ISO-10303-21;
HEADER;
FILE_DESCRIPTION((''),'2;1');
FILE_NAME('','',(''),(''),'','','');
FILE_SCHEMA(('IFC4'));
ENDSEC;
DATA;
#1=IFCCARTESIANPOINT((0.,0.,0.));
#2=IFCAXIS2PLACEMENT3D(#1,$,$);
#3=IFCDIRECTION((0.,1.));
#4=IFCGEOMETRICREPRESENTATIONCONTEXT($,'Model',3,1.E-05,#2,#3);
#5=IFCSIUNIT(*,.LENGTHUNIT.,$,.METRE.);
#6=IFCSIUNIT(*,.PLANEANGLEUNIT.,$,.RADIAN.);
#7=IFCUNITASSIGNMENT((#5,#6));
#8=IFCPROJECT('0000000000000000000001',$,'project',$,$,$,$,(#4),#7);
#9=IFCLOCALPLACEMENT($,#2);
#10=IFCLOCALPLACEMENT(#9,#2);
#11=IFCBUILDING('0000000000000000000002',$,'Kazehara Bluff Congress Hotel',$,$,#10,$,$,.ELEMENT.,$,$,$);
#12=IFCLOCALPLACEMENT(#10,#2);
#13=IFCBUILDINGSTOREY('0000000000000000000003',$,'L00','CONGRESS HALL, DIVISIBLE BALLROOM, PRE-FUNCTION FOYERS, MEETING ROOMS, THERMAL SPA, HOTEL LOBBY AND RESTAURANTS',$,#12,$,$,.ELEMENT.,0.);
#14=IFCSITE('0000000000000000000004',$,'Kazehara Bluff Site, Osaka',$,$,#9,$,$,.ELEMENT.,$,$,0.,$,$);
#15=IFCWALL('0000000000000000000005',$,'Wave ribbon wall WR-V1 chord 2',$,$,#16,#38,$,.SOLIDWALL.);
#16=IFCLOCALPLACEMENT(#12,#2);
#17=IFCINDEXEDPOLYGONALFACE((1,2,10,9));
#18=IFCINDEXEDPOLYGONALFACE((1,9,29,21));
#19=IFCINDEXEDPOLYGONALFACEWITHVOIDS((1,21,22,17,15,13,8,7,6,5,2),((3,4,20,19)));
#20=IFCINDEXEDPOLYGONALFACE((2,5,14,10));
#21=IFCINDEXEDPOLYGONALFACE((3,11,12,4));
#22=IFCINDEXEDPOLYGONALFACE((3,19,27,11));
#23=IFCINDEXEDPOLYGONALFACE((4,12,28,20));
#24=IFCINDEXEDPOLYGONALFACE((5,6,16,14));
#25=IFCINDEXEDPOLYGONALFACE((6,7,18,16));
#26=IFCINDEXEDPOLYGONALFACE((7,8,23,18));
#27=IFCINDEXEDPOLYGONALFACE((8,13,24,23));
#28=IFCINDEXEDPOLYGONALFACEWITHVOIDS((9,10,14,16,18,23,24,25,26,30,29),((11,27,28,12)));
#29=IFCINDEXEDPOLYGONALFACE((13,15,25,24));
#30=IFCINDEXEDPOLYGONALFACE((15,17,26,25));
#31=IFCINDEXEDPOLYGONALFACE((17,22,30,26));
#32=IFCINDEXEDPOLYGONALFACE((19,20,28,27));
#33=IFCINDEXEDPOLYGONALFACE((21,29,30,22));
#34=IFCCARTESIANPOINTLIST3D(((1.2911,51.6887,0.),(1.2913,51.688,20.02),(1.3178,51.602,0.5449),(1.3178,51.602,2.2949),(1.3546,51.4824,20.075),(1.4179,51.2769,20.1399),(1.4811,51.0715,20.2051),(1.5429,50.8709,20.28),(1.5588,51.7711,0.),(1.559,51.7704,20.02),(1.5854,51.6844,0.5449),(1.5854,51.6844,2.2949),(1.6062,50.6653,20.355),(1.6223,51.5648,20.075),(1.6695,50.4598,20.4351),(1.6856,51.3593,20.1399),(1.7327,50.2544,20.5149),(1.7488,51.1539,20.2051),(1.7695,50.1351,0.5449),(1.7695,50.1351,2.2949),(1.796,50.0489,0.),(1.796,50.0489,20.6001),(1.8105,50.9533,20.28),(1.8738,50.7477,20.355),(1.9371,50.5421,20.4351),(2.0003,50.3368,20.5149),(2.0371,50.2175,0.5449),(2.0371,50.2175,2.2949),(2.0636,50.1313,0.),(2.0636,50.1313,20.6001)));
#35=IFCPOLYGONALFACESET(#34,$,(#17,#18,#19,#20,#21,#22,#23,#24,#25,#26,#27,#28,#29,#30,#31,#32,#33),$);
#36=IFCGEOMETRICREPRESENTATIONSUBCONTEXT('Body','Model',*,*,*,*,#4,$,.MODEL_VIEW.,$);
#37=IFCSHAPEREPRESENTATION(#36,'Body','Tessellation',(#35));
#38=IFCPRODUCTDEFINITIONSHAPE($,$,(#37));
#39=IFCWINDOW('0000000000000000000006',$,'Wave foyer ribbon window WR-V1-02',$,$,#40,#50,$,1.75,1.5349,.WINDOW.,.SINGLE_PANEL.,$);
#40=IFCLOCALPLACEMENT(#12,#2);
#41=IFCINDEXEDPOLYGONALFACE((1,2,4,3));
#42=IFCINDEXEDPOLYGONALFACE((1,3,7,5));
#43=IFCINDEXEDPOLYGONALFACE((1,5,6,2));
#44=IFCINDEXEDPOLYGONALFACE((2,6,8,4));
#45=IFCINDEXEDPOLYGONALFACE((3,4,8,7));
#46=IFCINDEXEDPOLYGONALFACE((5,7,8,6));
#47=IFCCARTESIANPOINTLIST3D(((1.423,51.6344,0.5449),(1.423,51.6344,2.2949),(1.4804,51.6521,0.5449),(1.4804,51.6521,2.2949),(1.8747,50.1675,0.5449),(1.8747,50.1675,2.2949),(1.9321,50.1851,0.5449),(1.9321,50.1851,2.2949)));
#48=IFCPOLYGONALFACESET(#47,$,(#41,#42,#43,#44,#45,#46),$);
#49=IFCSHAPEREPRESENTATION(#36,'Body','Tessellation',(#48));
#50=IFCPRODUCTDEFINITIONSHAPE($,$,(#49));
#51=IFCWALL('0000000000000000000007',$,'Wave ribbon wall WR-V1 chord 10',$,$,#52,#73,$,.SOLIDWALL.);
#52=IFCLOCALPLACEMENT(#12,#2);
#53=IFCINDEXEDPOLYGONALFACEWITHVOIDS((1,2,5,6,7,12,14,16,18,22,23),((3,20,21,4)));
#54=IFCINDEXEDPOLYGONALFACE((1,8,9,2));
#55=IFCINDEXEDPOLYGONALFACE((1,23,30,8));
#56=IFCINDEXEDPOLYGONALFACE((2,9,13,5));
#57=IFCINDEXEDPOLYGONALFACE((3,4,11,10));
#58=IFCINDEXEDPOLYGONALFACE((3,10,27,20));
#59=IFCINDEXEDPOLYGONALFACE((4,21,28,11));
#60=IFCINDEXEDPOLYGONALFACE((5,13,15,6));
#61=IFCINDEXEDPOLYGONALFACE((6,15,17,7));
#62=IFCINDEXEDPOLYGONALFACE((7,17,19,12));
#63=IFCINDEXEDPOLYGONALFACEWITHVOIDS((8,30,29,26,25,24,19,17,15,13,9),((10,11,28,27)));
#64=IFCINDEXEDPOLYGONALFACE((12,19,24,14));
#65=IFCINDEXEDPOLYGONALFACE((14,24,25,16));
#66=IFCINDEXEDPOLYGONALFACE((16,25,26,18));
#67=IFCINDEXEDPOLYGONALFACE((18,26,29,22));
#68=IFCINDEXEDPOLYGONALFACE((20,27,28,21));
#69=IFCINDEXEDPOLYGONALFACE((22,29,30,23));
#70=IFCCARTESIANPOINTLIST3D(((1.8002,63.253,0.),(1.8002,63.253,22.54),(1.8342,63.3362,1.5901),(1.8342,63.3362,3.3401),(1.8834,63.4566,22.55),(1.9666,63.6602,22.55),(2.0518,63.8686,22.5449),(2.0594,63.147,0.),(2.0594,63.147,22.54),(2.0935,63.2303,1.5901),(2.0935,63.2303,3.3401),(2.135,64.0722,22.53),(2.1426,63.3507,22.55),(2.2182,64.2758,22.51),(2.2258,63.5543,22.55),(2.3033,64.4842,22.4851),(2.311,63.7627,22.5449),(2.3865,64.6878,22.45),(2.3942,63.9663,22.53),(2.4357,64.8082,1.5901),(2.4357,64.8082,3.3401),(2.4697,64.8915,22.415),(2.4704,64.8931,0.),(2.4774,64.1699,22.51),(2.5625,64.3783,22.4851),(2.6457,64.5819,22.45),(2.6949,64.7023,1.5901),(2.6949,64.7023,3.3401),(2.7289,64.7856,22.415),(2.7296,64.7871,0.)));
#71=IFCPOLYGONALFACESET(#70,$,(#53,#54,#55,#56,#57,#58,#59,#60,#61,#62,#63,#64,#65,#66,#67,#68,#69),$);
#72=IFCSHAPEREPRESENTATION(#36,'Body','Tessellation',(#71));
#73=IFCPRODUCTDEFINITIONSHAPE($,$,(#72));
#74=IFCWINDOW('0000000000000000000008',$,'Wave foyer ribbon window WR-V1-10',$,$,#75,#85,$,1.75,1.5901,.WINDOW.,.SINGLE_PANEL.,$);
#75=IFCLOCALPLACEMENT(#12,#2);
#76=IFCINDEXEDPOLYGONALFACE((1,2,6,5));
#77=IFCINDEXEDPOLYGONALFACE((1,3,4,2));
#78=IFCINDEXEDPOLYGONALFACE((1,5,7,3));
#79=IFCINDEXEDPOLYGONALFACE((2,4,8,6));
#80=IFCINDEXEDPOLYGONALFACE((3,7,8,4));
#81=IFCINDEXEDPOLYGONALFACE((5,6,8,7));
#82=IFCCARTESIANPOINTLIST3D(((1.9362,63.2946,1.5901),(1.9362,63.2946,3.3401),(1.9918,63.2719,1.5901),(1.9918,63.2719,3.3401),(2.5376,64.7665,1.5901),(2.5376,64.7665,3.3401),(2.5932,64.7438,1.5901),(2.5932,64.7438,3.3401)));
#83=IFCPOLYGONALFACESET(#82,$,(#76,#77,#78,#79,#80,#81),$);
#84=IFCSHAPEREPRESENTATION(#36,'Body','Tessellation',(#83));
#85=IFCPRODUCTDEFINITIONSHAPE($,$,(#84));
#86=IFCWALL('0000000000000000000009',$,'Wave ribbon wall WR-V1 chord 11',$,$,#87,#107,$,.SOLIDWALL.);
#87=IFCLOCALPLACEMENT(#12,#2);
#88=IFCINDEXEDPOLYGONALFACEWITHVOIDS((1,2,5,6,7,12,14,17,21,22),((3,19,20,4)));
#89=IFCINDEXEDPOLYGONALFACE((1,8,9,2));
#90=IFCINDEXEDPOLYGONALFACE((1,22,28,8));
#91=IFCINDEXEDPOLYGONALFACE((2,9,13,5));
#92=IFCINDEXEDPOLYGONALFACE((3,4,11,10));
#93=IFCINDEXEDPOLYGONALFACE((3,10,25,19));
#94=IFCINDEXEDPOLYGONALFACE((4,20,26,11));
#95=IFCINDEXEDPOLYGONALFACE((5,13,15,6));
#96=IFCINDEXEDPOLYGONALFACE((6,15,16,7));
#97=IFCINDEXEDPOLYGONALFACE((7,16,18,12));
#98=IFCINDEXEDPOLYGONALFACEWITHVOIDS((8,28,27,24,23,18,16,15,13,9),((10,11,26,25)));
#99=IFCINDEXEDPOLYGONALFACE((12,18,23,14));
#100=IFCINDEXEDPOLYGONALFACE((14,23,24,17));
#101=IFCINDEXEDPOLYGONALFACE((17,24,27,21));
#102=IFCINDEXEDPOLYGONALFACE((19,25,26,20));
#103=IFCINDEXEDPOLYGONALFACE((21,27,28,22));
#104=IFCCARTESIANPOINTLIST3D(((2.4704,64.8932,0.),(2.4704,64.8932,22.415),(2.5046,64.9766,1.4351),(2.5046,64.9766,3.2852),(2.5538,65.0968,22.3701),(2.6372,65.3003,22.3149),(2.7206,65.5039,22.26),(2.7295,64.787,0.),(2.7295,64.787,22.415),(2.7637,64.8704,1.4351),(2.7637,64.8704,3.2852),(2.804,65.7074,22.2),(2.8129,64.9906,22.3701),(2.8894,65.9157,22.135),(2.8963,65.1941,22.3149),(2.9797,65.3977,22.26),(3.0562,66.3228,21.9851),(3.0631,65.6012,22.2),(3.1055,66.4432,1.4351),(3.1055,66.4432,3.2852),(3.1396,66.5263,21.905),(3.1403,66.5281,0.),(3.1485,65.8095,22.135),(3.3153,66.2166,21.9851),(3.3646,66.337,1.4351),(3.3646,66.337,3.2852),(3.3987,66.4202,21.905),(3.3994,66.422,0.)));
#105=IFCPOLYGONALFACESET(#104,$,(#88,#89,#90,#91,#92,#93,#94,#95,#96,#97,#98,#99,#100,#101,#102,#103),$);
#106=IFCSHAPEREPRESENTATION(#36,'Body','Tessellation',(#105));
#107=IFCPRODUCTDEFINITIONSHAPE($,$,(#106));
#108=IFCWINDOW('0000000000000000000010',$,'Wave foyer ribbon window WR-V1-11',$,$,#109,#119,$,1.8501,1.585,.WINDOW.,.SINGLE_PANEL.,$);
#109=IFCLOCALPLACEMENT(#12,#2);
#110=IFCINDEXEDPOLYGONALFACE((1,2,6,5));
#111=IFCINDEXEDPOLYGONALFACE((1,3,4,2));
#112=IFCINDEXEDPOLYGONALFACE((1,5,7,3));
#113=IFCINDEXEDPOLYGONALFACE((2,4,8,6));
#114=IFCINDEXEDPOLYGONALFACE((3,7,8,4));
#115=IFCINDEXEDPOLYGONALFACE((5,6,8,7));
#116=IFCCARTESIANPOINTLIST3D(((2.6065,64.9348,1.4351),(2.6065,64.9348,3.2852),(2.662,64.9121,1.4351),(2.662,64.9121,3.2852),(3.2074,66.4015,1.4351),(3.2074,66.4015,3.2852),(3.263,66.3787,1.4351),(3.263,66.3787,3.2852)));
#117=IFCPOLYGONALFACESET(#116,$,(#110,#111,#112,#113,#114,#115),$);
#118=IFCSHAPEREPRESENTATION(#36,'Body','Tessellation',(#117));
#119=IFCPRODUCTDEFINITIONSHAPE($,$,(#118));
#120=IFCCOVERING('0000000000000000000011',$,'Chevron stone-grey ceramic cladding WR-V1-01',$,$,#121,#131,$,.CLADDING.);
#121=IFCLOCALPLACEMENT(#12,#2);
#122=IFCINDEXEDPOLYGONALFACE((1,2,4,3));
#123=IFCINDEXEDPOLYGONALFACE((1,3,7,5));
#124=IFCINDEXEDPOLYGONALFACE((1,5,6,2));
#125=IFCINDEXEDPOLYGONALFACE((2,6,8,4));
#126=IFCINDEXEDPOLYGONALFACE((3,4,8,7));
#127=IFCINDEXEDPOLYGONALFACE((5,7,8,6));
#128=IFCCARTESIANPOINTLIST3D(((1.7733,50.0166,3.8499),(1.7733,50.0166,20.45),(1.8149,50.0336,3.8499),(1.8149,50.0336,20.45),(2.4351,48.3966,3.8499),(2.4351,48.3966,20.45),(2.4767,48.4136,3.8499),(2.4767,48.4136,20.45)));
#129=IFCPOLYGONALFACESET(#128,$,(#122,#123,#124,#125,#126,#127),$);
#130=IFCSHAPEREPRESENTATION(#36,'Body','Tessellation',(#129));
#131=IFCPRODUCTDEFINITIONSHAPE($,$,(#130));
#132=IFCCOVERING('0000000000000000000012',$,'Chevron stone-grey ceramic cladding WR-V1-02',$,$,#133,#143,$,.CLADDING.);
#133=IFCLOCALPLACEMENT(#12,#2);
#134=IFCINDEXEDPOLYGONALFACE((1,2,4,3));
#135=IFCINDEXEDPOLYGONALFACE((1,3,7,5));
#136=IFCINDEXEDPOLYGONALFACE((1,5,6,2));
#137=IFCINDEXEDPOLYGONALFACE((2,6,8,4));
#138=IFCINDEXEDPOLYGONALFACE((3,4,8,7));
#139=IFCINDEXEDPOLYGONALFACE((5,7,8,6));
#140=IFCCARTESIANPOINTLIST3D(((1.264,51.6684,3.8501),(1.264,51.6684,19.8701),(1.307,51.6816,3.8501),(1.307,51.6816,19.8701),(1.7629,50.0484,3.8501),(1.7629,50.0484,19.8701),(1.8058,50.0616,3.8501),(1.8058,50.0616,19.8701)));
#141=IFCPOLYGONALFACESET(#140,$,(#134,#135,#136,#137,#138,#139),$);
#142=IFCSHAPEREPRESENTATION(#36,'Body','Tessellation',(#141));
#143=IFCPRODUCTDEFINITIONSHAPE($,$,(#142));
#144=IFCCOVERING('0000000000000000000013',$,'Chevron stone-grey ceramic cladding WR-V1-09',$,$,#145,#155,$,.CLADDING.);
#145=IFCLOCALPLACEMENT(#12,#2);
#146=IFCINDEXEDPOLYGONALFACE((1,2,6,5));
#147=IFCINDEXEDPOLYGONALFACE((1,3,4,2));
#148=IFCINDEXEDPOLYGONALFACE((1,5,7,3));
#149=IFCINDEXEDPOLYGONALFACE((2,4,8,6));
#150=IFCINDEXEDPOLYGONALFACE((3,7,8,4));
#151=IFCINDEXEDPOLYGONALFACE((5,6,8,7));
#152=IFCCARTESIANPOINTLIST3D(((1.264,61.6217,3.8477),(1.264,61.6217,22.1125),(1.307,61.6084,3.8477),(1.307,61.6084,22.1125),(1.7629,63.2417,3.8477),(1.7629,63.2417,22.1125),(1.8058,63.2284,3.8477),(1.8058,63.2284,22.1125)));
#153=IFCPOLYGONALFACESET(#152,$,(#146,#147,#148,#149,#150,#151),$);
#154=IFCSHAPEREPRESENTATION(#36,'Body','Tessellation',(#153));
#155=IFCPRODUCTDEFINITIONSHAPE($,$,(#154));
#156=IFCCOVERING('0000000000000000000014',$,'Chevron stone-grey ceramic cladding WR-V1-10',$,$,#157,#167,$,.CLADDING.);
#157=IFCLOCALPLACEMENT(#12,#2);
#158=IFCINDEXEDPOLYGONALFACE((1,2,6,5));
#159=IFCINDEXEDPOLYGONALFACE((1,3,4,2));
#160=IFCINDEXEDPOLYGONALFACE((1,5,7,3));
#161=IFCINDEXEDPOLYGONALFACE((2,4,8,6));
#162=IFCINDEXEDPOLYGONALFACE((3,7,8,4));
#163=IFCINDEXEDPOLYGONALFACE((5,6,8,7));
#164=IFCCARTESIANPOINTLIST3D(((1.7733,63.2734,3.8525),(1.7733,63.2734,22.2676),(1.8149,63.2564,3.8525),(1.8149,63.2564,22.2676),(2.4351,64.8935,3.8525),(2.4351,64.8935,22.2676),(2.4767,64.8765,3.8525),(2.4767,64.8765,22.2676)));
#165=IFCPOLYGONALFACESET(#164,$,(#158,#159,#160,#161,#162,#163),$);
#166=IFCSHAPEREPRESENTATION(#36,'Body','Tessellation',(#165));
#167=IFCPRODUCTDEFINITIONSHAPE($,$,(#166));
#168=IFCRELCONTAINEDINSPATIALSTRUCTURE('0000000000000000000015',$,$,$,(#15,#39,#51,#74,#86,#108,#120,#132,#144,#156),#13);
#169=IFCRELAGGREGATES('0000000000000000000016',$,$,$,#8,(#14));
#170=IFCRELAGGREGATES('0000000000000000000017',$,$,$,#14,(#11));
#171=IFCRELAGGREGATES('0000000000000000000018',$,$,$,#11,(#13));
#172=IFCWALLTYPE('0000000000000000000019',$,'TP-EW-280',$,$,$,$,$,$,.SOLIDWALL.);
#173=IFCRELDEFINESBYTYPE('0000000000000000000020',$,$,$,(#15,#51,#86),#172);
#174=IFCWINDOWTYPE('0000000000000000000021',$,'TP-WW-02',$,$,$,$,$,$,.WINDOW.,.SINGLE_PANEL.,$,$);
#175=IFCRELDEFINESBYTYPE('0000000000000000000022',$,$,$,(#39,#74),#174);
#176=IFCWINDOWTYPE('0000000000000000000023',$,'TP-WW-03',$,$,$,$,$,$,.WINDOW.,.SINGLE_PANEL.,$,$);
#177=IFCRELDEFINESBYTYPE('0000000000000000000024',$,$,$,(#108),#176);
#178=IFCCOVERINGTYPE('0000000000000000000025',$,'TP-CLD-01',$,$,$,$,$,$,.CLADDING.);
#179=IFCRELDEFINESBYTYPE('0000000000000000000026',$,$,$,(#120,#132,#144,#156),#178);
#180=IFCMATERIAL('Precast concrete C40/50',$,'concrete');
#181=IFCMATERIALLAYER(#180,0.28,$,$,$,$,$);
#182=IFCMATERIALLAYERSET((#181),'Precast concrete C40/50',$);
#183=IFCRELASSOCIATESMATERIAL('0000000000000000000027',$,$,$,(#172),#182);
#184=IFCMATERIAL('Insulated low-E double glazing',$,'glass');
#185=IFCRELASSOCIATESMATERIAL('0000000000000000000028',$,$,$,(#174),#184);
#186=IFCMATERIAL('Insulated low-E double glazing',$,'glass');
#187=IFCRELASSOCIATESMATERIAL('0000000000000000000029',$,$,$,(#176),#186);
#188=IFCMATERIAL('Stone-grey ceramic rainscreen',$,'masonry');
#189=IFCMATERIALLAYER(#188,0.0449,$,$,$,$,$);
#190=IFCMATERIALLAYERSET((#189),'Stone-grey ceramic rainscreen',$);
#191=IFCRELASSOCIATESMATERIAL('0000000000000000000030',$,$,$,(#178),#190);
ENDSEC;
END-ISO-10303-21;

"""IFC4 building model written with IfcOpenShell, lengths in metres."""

from ifc_helpers import new_model, si_unit, direction, frame, frame_2d, origin, origin_2d, place, context, subcontext, project, spatial, polyline, rectangle, outline, extrude, material, layer, layer_set, type_object, element, fill, save


model = new_model("IFC4")

# Units and contexts
model_context = context("Model", 3, precision=1e-05, world=origin(), true_north=direction((0.0, 1.0)))
body_context = subcontext(model_context, "Body", "Model", "MODEL_VIEW")
ifc_project = project(units=[si_unit("LENGTHUNIT", "METRE"), si_unit("PLANEANGLEUNIT", "RADIAN")], contexts=[model_context])

# Site, building, storey
site_placement = place(None, origin())
site = spatial("IfcSite", under=ifc_project, at=site_placement, Name="Kazehara Bluff Site, Osaka", CompositionType="ELEMENT", RefElevation=0.0)
building_placement = place(site_placement, origin())
building = spatial("IfcBuilding", under=site, at=building_placement, Name="Kazehara Bluff Congress Hotel", CompositionType="ELEMENT")
storey_placement = place(building_placement, origin())
storey = spatial("IfcBuildingStorey", under=building, at=storey_placement, Name="L00", Description="CONGRESS HALL, DIVISIBLE BALLROOM, PRE-FUNCTION FOYERS, MEETING ROOMS, THERMAL SPA, HOTEL LOBBY AND RESTAURANTS", CompositionType="ELEMENT", Elevation=0.0)

# Walls, openings, windows
ifc_material_1 = material(Name="Precast concrete C40/50", Category="concrete")
ifc_layer_1 = layer(ifc_material_1, 0.28)
ifc_layer_set_1 = layer_set([ifc_layer_1], Name="Precast concrete C40/50")
wall_type = type_object("IfcWallType", Name="TP-EW-280", PredefinedType="SOLIDWALL", material=ifc_layer_set_1)
wall_1_placement = place(storey_placement, frame((1.9299, 50.0901, 0.0), z_axis=(0.0, 0.0, 1.0), x_axis=(-0.294246, 0.95573, 0.0)))
wall_1 = element("IfcWall", 1, at=wall_1_placement, inside=storey, type_object=wall_type, Name="Wave ribbon wall WR-V1 chord 2", PredefinedType="SOLIDWALL", context=body_context, shape_type="SweptSolid", body=[
    extrude(outline(polyline([(0.0, 0.0), (1.7158, 0.0), (1.7151, 20.02), (1.5, 20.075), (1.2849, 20.1399), (1.0701, 20.2051), (0.8601, 20.28), (0.645, 20.355), (0.4299, 20.4351), (0.2151, 20.5149), (0.0, 20.6001), (0.0, 0.0)])), frame((0.0, 0.1401, 0.0), z_axis=(0.0, -1.0, 0.0), x_axis=(1.0, 0.0, 0.0)), (0.0, 0.0, 1.0), 0.28),
])
opening_1_placement = place(wall_1_placement, frame((0.0901, 0.0, 0.5449)))
opening_1 = element("IfcOpeningElement", 2, at=opening_1_placement, cuts=wall_1, PredefinedType="OPENING", context=body_context, shape_type="SweptSolid", body=[
    extrude(rectangle(XDim=1.5349, YDim=1.75, at=frame_2d((0.7676, 0.875))), frame((0.0, 0.1499, 0.0), z_axis=(0.0, -1.0, 0.0), x_axis=(1.0, 0.0, 0.0)), (0.0, 0.0, 1.0), 0.3),
])
ifc_material_2 = material(Name="Insulated low-E double glazing", Category="glass")
window_type_1 = type_object("IfcWindowType", Name="TP-WW-02", PartitioningType="SINGLE_PANEL", PredefinedType="WINDOW", material=ifc_material_2)
window_1_placement = place(opening_1_placement, origin())
window_1 = element("IfcWindow", 3, at=window_1_placement, inside=storey, type_object=window_type_1, Name="Wave foyer ribbon window WR-V1-02", OverallHeight=1.75, OverallWidth=1.5349, PartitioningType="SINGLE_PANEL", PredefinedType="WINDOW", context=body_context, shape_type="SweptSolid", body=[
    extrude(rectangle(XDim=1.5349, YDim=1.75, at=frame_2d((0.7676, 0.875))), frame((0.0, 0.03, 0.0), z_axis=(0.0, -1.0, 0.0), x_axis=(1.0, 0.0, 0.0)), (0.0, 0.0, 1.0), 0.0601),
])
fill(opening_1, window_1)
wall_2_placement = place(storey_placement, frame((1.9299, 63.2, 0.0), z_axis=(0.0, 0.0, 1.0), x_axis=(0.378246, 0.925705, 0.0)))
wall_2 = element("IfcWall", 4, at=wall_2_placement, inside=storey, type_object=wall_type, Name="Wave ribbon wall WR-V1 chord 10", PredefinedType="SOLIDWALL", context=body_context, shape_type="SweptSolid", body=[
    extrude(outline(polyline([(0.0, 0.0), (1.7717, 0.0), (1.77, 22.415), (1.55, 22.45), (1.3301, 22.4851), (1.105, 22.51), (0.885, 22.53), (0.665, 22.5449), (0.4399, 22.55), (0.22, 22.55), (0.0, 22.54), (0.0, 0.0)])), frame((0.0, 0.1401, 0.0), z_axis=(0.0, -1.0, 0.0), x_axis=(1.0, 0.0, 0.0)), (0.0, 0.0, 1.0), 0.28),
])
opening_2_placement = place(wall_2_placement, frame((0.0901, 0.0, 1.5901)))
opening_2 = element("IfcOpeningElement", 5, at=opening_2_placement, cuts=wall_2, PredefinedType="OPENING", context=body_context, shape_type="SweptSolid", body=[
    extrude(rectangle(XDim=1.5901, YDim=1.75, at=frame_2d((0.7949, 0.875))), frame((0.0, 0.1499, 0.0), z_axis=(0.0, -1.0, 0.0), x_axis=(1.0, 0.0, 0.0)), (0.0, 0.0, 1.0), 0.3),
])
window_2_placement = place(opening_2_placement, origin())
window_2 = element("IfcWindow", 6, at=window_2_placement, inside=storey, type_object=window_type_1, Name="Wave foyer ribbon window WR-V1-10", OverallHeight=1.75, OverallWidth=1.5901, PartitioningType="SINGLE_PANEL", PredefinedType="WINDOW", context=body_context, shape_type="SweptSolid", body=[
    extrude(rectangle(XDim=1.5901, YDim=1.75, at=frame_2d((0.7949, 0.875))), frame((0.0, 0.03, 0.0), z_axis=(0.0, -1.0, 0.0), x_axis=(1.0, 0.0, 0.0)), (0.0, 0.0, 1.0), 0.0601),
])
fill(opening_2, window_2)
wall_3_placement = place(storey_placement, frame((2.6001, 64.8401, 0.0), z_axis=(0.0, 0.0, 1.0), x_axis=(0.379144, 0.925338, 0.0)))
wall_3 = element("IfcWall", 7, at=wall_3_placement, inside=storey, type_object=wall_type, Name="Wave ribbon wall WR-V1 chord 11", PredefinedType="SOLIDWALL", context=body_context, shape_type="SweptSolid", body=[
    extrude(outline(polyline([(0.0, 0.0), (1.7668, 0.0), (1.7649, 21.905), (1.5449, 21.9851), (1.325, 22.0601), (1.105, 22.135), (0.8799, 22.2), (0.6599, 22.26), (0.4399, 22.3149), (0.22, 22.3701), (0.0, 22.415), (0.0, 0.0)])), frame((0.0, 0.1401, 0.0), z_axis=(0.0, -1.0, 0.0), x_axis=(1.0, 0.0, 0.0)), (0.0, 0.0, 1.0), 0.28),
])
opening_3_placement = place(wall_3_placement, frame((0.0901, 0.0, 1.4351)))
opening_3 = element("IfcOpeningElement", 8, at=opening_3_placement, cuts=wall_3, PredefinedType="OPENING", context=body_context, shape_type="SweptSolid", body=[
    extrude(rectangle(XDim=1.585, YDim=1.8501, at=frame_2d((0.7925, 0.925))), frame((0.0, 0.1499, 0.0), z_axis=(0.0, -1.0, 0.0), x_axis=(1.0, 0.0, 0.0)), (0.0, 0.0, 1.0), 0.3),
])
ifc_material_3 = material(Name="Insulated low-E double glazing", Category="glass")
window_type_2 = type_object("IfcWindowType", Name="TP-WW-03", PartitioningType="SINGLE_PANEL", PredefinedType="WINDOW", material=ifc_material_3)
window_3_placement = place(opening_3_placement, origin())
window_3 = element("IfcWindow", 9, at=window_3_placement, inside=storey, type_object=window_type_2, Name="Wave foyer ribbon window WR-V1-11", OverallHeight=1.8501, OverallWidth=1.585, PartitioningType="SINGLE_PANEL", PredefinedType="WINDOW", context=body_context, shape_type="SweptSolid", body=[
    extrude(rectangle(XDim=1.585, YDim=1.8501, at=frame_2d((0.7925, 0.925))), frame((0.0, 0.03, 0.0), z_axis=(0.0, -1.0, 0.0), x_axis=(1.0, 0.0, 0.0)), (0.0, 0.0, 1.0), 0.0601),
])
fill(opening_3, window_3)

# Coverings
ifc_material_4 = material(Name="Stone-grey ceramic rainscreen", Category="masonry")
ifc_layer_2 = layer(ifc_material_4, 0.0449)
ifc_layer_set_2 = layer_set([ifc_layer_2], Name="Stone-grey ceramic rainscreen")
covering_type_1 = type_object("IfcCoveringType", Name="TP-CLD-01", PredefinedType="CLADDING", material=ifc_layer_set_2)
covering_1_placement = place(storey_placement, frame((2.125, 49.2151, 3.8499), z_axis=(0.0, 0.0, 1.0), x_axis=(-0.378193, 0.925727, 0.0)))
element("IfcCovering", 10, at=covering_1_placement, inside=storey, type_object=covering_type_1, Name="Chevron stone-grey ceramic cladding WR-V1-01", PredefinedType="CLADDING", context=body_context, shape_type="SweptSolid", body=[
    extrude(rectangle(XDim=1.75, YDim=0.0449, at=origin_2d()), origin(), (0.0, 0.0, 1.0), 16.6001),
])
covering_2_placement = place(storey_placement, frame((1.5349, 50.865, 3.8501), z_axis=(0.0, 0.0, 1.0), x_axis=(-0.294291, 0.955716, 0.0)))
element("IfcCovering", 11, at=covering_2_placement, inside=storey, type_object=covering_type_1, Name="Chevron stone-grey ceramic cladding WR-V1-02", PredefinedType="CLADDING", context=body_context, shape_type="SweptSolid", body=[
    extrude(rectangle(XDim=1.6951, YDim=0.0449, at=origin_2d()), origin(), (0.0, 0.0, 1.0), 16.02),
])
covering_3_placement = place(storey_placement, frame((1.5349, 62.425, 3.8477), z_axis=(0.0, 0.0, 1.0), x_axis=(0.294291, 0.955716, 0.0)))
element("IfcCovering", 12, at=covering_3_placement, inside=storey, type_object=covering_type_1, Name="Chevron stone-grey ceramic cladding WR-V1-09", PredefinedType="CLADDING", context=body_context, shape_type="SweptSolid", body=[
    extrude(rectangle(XDim=1.6951, YDim=0.0449, at=origin_2d()), origin(), (0.0, 0.0, 1.0), 18.2649),
])
covering_4_placement = place(storey_placement, frame((2.125, 64.075, 3.8525), z_axis=(0.0, 0.0, 1.0), x_axis=(0.378193, 0.925727, 0.0)))
element("IfcCovering", 13, at=covering_4_placement, inside=storey, type_object=covering_type_1, Name="Chevron stone-grey ceramic cladding WR-V1-10", PredefinedType="CLADDING", context=body_context, shape_type="SweptSolid", body=[
    extrude(rectangle(XDim=1.75, YDim=0.0449, at=origin_2d()), origin(), (0.0, 0.0, 1.0), 18.415),
])

save(model, "model.ifc")
